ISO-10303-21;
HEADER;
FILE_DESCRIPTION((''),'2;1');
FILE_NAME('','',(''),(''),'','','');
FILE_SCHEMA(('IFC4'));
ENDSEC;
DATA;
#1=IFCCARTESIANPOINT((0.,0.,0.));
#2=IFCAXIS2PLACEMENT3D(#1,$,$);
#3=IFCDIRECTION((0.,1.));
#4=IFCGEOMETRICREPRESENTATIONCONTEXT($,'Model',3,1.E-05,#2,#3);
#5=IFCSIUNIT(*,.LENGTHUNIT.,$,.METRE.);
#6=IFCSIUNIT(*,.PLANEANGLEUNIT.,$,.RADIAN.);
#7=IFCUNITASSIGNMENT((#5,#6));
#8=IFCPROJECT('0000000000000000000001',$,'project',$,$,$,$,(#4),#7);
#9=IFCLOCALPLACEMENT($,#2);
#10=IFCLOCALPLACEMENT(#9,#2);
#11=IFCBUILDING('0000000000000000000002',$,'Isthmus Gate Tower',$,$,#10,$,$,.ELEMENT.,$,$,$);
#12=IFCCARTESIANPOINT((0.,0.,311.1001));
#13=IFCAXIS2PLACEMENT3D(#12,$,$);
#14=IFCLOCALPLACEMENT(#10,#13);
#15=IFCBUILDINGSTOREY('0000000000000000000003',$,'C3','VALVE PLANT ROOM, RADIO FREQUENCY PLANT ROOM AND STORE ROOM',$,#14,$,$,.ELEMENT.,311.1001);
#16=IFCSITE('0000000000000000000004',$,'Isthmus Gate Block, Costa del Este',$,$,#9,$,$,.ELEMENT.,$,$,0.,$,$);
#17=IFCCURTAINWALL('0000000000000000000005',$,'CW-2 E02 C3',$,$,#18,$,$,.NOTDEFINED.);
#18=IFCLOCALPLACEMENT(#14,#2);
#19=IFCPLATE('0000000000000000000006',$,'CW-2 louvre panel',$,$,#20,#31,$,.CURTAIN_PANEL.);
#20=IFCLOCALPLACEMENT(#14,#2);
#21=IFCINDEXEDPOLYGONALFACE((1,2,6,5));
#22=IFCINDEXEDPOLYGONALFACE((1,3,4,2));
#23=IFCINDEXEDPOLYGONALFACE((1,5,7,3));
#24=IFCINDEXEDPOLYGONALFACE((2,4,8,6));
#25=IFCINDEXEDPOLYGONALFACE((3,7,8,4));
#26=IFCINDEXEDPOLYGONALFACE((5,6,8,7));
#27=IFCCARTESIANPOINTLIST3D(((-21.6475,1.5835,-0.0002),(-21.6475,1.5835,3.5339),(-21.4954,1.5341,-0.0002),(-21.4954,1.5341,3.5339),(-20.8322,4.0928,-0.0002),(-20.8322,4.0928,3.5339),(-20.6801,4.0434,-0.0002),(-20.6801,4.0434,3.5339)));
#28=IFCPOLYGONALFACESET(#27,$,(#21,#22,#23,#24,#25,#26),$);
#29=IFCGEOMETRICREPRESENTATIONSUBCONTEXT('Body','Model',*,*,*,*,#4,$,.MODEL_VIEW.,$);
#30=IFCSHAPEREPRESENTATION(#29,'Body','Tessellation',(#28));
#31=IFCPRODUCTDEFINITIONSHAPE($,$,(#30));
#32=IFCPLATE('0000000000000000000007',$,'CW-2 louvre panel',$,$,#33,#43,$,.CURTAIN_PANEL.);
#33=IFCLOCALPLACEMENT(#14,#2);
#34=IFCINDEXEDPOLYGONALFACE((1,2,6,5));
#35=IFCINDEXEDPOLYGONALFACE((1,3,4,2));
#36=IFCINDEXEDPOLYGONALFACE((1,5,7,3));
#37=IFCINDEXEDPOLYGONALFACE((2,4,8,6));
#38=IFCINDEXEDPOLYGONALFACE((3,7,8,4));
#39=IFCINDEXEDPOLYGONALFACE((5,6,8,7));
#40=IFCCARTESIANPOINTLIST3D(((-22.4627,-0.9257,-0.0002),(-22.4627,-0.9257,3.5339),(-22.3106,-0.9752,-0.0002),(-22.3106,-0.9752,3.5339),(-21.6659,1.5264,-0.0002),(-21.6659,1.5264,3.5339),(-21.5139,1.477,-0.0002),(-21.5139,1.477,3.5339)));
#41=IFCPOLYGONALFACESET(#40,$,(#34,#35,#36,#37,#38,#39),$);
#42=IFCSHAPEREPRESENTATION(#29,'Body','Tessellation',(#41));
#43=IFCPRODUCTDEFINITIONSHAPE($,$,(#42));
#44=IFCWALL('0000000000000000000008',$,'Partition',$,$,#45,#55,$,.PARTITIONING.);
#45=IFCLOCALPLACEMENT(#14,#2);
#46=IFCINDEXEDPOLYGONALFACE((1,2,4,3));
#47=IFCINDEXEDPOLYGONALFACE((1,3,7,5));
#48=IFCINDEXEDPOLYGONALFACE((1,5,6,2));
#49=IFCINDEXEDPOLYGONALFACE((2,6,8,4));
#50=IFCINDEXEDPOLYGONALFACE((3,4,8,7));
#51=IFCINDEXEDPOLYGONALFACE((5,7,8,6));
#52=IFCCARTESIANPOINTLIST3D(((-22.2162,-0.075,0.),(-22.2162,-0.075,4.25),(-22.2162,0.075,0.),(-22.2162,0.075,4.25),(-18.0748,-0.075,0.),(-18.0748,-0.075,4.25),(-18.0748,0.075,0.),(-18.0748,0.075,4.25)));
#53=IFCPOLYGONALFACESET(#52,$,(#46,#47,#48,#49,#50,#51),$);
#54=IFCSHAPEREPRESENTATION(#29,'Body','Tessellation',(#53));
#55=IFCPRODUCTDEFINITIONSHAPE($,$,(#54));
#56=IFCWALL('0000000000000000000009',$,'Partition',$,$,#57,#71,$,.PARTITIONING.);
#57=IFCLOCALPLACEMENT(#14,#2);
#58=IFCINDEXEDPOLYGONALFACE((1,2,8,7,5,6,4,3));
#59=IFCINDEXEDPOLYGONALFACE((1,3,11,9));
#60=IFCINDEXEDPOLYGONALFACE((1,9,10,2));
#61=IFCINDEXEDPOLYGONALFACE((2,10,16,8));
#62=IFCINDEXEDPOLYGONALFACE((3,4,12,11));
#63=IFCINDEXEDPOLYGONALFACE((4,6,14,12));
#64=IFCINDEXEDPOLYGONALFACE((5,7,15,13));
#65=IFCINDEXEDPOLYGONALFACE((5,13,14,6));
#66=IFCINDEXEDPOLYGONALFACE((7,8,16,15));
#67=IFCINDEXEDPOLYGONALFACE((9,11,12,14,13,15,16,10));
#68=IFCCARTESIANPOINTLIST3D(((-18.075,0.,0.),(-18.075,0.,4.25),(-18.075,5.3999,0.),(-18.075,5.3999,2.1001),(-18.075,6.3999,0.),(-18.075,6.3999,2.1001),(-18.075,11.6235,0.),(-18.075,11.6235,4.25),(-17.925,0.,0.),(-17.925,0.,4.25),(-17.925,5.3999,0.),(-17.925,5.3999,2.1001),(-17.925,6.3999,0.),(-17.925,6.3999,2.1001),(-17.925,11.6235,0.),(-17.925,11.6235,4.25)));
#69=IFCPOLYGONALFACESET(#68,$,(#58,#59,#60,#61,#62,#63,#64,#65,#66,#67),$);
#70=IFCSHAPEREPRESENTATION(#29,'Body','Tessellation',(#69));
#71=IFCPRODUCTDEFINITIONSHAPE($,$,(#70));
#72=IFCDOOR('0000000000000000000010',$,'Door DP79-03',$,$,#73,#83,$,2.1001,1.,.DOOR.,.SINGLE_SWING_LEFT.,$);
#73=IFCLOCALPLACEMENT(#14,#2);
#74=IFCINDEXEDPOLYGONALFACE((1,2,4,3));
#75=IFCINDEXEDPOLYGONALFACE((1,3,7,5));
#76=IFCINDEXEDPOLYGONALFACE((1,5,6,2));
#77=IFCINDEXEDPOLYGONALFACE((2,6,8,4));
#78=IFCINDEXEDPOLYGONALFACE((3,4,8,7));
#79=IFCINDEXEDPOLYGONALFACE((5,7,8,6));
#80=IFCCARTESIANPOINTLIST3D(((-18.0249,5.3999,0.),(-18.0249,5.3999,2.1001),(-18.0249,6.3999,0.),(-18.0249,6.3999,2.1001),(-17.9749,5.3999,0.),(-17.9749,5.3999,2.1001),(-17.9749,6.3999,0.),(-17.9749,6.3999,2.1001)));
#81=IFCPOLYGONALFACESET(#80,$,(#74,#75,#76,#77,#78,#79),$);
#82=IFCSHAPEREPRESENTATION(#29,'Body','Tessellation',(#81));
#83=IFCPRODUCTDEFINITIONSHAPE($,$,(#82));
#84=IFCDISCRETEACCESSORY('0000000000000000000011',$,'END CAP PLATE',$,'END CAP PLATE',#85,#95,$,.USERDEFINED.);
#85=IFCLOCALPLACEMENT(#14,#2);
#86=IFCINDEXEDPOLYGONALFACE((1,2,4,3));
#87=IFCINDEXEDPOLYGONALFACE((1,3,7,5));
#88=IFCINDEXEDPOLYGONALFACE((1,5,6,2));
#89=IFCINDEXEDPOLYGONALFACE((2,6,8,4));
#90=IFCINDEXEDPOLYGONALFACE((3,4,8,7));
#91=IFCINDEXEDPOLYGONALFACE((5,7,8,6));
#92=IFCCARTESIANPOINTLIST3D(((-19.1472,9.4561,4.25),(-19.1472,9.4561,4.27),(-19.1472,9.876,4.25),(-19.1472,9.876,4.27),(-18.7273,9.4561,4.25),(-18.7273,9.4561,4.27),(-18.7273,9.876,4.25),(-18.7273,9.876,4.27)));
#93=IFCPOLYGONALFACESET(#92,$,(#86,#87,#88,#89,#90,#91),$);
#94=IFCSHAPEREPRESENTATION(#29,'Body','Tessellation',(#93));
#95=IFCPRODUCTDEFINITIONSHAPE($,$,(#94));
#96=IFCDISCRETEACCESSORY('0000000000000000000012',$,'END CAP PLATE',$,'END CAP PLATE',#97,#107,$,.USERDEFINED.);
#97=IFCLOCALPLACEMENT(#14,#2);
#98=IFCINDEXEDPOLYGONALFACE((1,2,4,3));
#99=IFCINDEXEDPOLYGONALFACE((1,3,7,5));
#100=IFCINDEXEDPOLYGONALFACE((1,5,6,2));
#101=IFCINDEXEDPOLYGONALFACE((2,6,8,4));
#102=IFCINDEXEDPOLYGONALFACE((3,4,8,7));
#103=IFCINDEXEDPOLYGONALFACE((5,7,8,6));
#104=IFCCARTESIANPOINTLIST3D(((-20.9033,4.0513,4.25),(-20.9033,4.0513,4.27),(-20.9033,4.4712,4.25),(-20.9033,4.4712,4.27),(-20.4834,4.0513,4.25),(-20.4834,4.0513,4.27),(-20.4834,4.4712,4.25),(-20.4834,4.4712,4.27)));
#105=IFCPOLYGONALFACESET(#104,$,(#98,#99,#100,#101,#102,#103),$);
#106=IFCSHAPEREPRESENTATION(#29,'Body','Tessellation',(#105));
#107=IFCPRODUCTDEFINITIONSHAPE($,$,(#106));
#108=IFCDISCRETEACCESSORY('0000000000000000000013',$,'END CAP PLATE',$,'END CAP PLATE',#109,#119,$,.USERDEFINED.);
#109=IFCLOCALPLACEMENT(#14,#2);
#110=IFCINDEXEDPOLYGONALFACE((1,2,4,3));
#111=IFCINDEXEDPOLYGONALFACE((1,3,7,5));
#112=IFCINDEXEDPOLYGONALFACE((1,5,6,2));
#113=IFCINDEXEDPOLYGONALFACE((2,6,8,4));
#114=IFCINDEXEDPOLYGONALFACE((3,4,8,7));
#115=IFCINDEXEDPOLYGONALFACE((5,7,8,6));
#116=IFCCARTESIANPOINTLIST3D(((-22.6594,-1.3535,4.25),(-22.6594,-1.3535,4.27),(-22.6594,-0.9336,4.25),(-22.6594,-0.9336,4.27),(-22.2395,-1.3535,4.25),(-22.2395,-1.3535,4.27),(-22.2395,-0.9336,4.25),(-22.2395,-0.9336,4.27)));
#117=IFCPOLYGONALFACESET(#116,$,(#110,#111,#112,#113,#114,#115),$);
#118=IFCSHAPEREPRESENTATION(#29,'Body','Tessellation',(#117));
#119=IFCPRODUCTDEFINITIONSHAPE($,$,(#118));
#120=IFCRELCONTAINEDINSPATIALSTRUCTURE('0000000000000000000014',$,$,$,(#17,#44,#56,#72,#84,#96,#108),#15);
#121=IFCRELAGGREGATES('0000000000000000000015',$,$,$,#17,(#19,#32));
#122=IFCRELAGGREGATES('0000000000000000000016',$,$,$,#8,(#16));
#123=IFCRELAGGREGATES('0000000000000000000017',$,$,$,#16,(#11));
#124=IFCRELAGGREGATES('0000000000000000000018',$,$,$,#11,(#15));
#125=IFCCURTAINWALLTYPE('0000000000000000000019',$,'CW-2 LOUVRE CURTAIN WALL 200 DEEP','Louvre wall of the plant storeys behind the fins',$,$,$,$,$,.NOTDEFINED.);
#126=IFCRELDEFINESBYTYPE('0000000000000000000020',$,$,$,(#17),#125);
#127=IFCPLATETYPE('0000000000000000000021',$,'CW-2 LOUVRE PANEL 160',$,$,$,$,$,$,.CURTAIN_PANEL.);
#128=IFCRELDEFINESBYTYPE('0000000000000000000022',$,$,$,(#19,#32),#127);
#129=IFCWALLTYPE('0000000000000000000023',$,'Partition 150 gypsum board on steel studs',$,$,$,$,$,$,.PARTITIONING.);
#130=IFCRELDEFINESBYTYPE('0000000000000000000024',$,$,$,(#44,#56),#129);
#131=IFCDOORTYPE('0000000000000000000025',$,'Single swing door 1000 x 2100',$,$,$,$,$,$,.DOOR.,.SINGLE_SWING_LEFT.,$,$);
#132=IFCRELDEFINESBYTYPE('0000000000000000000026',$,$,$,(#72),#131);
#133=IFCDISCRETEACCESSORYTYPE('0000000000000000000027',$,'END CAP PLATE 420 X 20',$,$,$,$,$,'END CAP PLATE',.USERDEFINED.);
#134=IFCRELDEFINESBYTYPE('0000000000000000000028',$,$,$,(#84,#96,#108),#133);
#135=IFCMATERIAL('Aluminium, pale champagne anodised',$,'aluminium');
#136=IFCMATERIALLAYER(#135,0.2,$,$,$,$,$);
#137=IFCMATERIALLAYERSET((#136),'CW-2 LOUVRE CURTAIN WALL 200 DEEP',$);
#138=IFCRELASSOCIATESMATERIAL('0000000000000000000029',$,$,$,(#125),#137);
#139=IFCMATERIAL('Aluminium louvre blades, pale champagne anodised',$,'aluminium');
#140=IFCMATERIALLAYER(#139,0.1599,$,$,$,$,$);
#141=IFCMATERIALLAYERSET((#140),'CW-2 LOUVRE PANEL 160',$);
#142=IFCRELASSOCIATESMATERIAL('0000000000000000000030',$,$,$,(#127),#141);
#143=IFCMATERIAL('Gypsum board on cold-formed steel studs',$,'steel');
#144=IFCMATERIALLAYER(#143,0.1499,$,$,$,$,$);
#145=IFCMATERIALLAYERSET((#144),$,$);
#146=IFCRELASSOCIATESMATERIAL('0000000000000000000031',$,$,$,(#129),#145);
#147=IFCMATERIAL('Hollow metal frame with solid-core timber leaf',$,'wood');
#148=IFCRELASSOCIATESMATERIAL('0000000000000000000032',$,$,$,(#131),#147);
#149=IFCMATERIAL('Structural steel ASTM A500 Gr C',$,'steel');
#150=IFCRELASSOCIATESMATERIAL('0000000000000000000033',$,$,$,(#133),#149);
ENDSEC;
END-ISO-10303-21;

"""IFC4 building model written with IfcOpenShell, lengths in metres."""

from ifc_helpers import new_model, si_unit, direction, frame, frame_2d, origin, origin_2d, place, context, subcontext, project, spatial, rectangle, extrude, material, layer, layer_set, type_object, element, fill, aggregate, save


model = new_model("IFC4")

# Units and contexts
model_context = context("Model", 3, precision=1e-05, world=origin(), true_north=direction((0.0, 1.0)))
body_context = subcontext(model_context, "Body", "Model", "MODEL_VIEW")
ifc_project = project(units=[si_unit("LENGTHUNIT", "METRE"), si_unit("PLANEANGLEUNIT", "RADIAN")], contexts=[model_context])

# Site, building, storey
site_placement = place(None, origin())
site = spatial("IfcSite", under=ifc_project, at=site_placement, Name="Isthmus Gate Block, Costa del Este", CompositionType="ELEMENT", RefElevation=0.0)
building_placement = place(site_placement, origin())
building = spatial("IfcBuilding", under=site, at=building_placement, Name="Isthmus Gate Tower", CompositionType="ELEMENT")
storey_placement = place(building_placement, frame((0.0, 0.0, 311.1001)))
storey = spatial("IfcBuildingStorey", under=building, at=storey_placement, Name="C3", Description="VALVE PLANT ROOM, RADIO FREQUENCY PLANT ROOM AND STORE ROOM", CompositionType="ELEMENT", Elevation=311.1001)

# Curtain wall, plates
ifc_material_1 = material(Name="Aluminium, pale champagne anodised", Category="aluminium")
ifc_layer_1 = layer(ifc_material_1, 0.2)
ifc_layer_set_1 = layer_set([ifc_layer_1], Name="CW-2 LOUVRE CURTAIN WALL 200 DEEP")
curtain_wall_type = type_object("IfcCurtainWallType", Name="CW-2 LOUVRE CURTAIN WALL 200 DEEP", Description="Louvre wall of the plant storeys behind the fins", PredefinedType="NOTDEFINED", material=ifc_layer_set_1)
curtain_wall_placement = place(storey_placement, origin())
curtain_wall = element("IfcCurtainWall", 1, at=curtain_wall_placement, inside=storey, type_object=curtain_wall_type, Name="CW-2 E02 C3", PredefinedType="NOTDEFINED")
ifc_material_2 = material(Name="Aluminium louvre blades, pale champagne anodised", Category="aluminium")
ifc_layer_2 = layer(ifc_material_2, 0.1599)
ifc_layer_set_2 = layer_set([ifc_layer_2], Name="CW-2 LOUVRE PANEL 160")
plate_type = type_object("IfcPlateType", Name="CW-2 LOUVRE PANEL 160", PredefinedType="CURTAIN_PANEL", material=ifc_layer_set_2)
plate_1_placement = place(storey_placement, frame((-21.1638, 2.8135, -0.0002), z_axis=(0.0, 0.0, 1.0), x_axis=(-0.309017, -0.951057, 0.0)))
plate_1 = element("IfcPlate", 2, at=plate_1_placement, type_object=plate_type, Name="CW-2 louvre panel", PredefinedType="CURTAIN_PANEL", context=body_context, shape_type="SweptSolid", body=[
    extrude(rectangle(XDim=2.6384, YDim=0.1599, at=origin_2d()), origin(), (0.0, 0.0, 1.0), 3.5342),
])
plate_2_placement = place(storey_placement, frame((-21.9883, 0.2756, -0.0002), z_axis=(0.0, 0.0, 1.0), x_axis=(-0.309017, -0.951057, 0.0)))
plate_2 = element("IfcPlate", 3, at=plate_2_placement, type_object=plate_type, Name="CW-2 louvre panel", PredefinedType="CURTAIN_PANEL", context=body_context, shape_type="SweptSolid", body=[
    extrude(rectangle(XDim=2.5784, YDim=0.1599, at=origin_2d()), origin(), (0.0, 0.0, 1.0), 3.5342),
])
aggregate(curtain_wall, [plate_1, plate_2])

# Wall
ifc_material_3 = material(Name="Gypsum board on cold-formed steel studs", Category="steel")
ifc_layer_3 = layer(ifc_material_3, 0.1499)
ifc_layer_set_3 = layer_set([ifc_layer_3])
wall_type = type_object("IfcWallType", Name="Partition 150 gypsum board on steel studs", PredefinedType="PARTITIONING", material=ifc_layer_set_3)
wall_1_placement = place(storey_placement, frame((-22.2163, 0.0, 0.0), z_axis=(0.0, 0.0, 1.0), x_axis=(1.0, 0.0, 0.0)))
element("IfcWall", 4, at=wall_1_placement, inside=storey, type_object=wall_type, Name="Partition", PredefinedType="PARTITIONING", context=body_context, shape_type="SweptSolid", body=[
    extrude(rectangle(XDim=4.1414, YDim=0.1499, at=frame_2d((2.0708, 0.0))), origin(), (0.0, 0.0, 1.0), 4.25),
])

# Wall, opening, door
wall_2_placement = place(storey_placement, frame((-18.0, 0.0, 0.0), z_axis=(0.0, 0.0, 1.0), x_axis=(0.0, 1.0, 0.0)))
wall_2 = element("IfcWall", 5, at=wall_2_placement, inside=storey, type_object=wall_type, Name="Partition", PredefinedType="PARTITIONING", context=body_context, shape_type="SweptSolid", body=[
    extrude(rectangle(XDim=11.6235, YDim=0.1499, at=frame_2d((5.8118, 0.0))), origin(), (0.0, 0.0, 1.0), 4.25),
])
opening_placement = place(wall_2_placement, frame((5.3999, 0.0, 0.0)))
opening = element("IfcOpeningElement", 6, at=opening_placement, cuts=wall_2, PredefinedType="OPENING", context=body_context, shape_type="SweptSolid", body=[
    extrude(rectangle(XDim=1.0, YDim=2.1001, at=frame_2d((0.5, 1.05))), frame((0.0, 0.085, 0.0), z_axis=(0.0, -1.0, 0.0), x_axis=(1.0, 0.0, 0.0)), (0.0, 0.0, 1.0), 0.1699),
])
ifc_material_4 = material(Name="Hollow metal frame with solid-core timber leaf", Category="wood")
door_type = type_object("IfcDoorType", Name="Single swing door 1000 x 2100", OperationType="SINGLE_SWING_LEFT", PredefinedType="DOOR", material=ifc_material_4)
door_placement = place(opening_placement, origin())
door = element("IfcDoor", 7, at=door_placement, inside=storey, type_object=door_type, Name="Door DP79-03", OperationType="SINGLE_SWING_LEFT", OverallHeight=2.1001, OverallWidth=1.0, PredefinedType="DOOR", context=body_context, shape_type="SweptSolid", body=[
    extrude(rectangle(XDim=1.0, YDim=2.1001, at=frame_2d((0.5, 1.05))), frame((0.0, 0.0249, 0.0), z_axis=(0.0, -1.0, 0.0), x_axis=(1.0, 0.0, 0.0)), (0.0, 0.0, 1.0), 0.05),
])
fill(opening, door)

# Discrete accessories
ifc_material_5 = material(Name="Structural steel ASTM A500 Gr C", Category="steel")
discrete_accessory_type = type_object("IfcDiscreteAccessoryType", Name="END CAP PLATE 420 X 20", ElementType="END CAP PLATE", PredefinedType="USERDEFINED", material=ifc_material_5)
for number, where, z_axis, x_axis, name in (
    (8, (-18.9373, 9.666, 4.25), (0.0, 0.0, 1.0), (1.0, 0.0, 0.0), "END CAP PLATE"),
    (9, (-20.6934, 4.2612, 4.25), (0.0, 0.0, 1.0), (1.0, 0.0, 0.0), "END CAP PLATE"),
    (10, (-22.4495, -1.1436, 4.25), (0.0, 0.0, 1.0), (1.0, 0.0, 0.0), "END CAP PLATE"),
):
    element("IfcDiscreteAccessory", number, at=place(storey_placement, frame(where, z_axis=z_axis, x_axis=x_axis)), inside=storey, type_object=discrete_accessory_type, Name=name, ObjectType="END CAP PLATE", PredefinedType="USERDEFINED", context=body_context, shape_type="SweptSolid", body=[
        extrude(rectangle(XDim=0.4199, YDim=0.4199, at=origin_2d()), origin(), (0.0, 0.0, 1.0), 0.02),
    ])

save(model, "model.ifc")
